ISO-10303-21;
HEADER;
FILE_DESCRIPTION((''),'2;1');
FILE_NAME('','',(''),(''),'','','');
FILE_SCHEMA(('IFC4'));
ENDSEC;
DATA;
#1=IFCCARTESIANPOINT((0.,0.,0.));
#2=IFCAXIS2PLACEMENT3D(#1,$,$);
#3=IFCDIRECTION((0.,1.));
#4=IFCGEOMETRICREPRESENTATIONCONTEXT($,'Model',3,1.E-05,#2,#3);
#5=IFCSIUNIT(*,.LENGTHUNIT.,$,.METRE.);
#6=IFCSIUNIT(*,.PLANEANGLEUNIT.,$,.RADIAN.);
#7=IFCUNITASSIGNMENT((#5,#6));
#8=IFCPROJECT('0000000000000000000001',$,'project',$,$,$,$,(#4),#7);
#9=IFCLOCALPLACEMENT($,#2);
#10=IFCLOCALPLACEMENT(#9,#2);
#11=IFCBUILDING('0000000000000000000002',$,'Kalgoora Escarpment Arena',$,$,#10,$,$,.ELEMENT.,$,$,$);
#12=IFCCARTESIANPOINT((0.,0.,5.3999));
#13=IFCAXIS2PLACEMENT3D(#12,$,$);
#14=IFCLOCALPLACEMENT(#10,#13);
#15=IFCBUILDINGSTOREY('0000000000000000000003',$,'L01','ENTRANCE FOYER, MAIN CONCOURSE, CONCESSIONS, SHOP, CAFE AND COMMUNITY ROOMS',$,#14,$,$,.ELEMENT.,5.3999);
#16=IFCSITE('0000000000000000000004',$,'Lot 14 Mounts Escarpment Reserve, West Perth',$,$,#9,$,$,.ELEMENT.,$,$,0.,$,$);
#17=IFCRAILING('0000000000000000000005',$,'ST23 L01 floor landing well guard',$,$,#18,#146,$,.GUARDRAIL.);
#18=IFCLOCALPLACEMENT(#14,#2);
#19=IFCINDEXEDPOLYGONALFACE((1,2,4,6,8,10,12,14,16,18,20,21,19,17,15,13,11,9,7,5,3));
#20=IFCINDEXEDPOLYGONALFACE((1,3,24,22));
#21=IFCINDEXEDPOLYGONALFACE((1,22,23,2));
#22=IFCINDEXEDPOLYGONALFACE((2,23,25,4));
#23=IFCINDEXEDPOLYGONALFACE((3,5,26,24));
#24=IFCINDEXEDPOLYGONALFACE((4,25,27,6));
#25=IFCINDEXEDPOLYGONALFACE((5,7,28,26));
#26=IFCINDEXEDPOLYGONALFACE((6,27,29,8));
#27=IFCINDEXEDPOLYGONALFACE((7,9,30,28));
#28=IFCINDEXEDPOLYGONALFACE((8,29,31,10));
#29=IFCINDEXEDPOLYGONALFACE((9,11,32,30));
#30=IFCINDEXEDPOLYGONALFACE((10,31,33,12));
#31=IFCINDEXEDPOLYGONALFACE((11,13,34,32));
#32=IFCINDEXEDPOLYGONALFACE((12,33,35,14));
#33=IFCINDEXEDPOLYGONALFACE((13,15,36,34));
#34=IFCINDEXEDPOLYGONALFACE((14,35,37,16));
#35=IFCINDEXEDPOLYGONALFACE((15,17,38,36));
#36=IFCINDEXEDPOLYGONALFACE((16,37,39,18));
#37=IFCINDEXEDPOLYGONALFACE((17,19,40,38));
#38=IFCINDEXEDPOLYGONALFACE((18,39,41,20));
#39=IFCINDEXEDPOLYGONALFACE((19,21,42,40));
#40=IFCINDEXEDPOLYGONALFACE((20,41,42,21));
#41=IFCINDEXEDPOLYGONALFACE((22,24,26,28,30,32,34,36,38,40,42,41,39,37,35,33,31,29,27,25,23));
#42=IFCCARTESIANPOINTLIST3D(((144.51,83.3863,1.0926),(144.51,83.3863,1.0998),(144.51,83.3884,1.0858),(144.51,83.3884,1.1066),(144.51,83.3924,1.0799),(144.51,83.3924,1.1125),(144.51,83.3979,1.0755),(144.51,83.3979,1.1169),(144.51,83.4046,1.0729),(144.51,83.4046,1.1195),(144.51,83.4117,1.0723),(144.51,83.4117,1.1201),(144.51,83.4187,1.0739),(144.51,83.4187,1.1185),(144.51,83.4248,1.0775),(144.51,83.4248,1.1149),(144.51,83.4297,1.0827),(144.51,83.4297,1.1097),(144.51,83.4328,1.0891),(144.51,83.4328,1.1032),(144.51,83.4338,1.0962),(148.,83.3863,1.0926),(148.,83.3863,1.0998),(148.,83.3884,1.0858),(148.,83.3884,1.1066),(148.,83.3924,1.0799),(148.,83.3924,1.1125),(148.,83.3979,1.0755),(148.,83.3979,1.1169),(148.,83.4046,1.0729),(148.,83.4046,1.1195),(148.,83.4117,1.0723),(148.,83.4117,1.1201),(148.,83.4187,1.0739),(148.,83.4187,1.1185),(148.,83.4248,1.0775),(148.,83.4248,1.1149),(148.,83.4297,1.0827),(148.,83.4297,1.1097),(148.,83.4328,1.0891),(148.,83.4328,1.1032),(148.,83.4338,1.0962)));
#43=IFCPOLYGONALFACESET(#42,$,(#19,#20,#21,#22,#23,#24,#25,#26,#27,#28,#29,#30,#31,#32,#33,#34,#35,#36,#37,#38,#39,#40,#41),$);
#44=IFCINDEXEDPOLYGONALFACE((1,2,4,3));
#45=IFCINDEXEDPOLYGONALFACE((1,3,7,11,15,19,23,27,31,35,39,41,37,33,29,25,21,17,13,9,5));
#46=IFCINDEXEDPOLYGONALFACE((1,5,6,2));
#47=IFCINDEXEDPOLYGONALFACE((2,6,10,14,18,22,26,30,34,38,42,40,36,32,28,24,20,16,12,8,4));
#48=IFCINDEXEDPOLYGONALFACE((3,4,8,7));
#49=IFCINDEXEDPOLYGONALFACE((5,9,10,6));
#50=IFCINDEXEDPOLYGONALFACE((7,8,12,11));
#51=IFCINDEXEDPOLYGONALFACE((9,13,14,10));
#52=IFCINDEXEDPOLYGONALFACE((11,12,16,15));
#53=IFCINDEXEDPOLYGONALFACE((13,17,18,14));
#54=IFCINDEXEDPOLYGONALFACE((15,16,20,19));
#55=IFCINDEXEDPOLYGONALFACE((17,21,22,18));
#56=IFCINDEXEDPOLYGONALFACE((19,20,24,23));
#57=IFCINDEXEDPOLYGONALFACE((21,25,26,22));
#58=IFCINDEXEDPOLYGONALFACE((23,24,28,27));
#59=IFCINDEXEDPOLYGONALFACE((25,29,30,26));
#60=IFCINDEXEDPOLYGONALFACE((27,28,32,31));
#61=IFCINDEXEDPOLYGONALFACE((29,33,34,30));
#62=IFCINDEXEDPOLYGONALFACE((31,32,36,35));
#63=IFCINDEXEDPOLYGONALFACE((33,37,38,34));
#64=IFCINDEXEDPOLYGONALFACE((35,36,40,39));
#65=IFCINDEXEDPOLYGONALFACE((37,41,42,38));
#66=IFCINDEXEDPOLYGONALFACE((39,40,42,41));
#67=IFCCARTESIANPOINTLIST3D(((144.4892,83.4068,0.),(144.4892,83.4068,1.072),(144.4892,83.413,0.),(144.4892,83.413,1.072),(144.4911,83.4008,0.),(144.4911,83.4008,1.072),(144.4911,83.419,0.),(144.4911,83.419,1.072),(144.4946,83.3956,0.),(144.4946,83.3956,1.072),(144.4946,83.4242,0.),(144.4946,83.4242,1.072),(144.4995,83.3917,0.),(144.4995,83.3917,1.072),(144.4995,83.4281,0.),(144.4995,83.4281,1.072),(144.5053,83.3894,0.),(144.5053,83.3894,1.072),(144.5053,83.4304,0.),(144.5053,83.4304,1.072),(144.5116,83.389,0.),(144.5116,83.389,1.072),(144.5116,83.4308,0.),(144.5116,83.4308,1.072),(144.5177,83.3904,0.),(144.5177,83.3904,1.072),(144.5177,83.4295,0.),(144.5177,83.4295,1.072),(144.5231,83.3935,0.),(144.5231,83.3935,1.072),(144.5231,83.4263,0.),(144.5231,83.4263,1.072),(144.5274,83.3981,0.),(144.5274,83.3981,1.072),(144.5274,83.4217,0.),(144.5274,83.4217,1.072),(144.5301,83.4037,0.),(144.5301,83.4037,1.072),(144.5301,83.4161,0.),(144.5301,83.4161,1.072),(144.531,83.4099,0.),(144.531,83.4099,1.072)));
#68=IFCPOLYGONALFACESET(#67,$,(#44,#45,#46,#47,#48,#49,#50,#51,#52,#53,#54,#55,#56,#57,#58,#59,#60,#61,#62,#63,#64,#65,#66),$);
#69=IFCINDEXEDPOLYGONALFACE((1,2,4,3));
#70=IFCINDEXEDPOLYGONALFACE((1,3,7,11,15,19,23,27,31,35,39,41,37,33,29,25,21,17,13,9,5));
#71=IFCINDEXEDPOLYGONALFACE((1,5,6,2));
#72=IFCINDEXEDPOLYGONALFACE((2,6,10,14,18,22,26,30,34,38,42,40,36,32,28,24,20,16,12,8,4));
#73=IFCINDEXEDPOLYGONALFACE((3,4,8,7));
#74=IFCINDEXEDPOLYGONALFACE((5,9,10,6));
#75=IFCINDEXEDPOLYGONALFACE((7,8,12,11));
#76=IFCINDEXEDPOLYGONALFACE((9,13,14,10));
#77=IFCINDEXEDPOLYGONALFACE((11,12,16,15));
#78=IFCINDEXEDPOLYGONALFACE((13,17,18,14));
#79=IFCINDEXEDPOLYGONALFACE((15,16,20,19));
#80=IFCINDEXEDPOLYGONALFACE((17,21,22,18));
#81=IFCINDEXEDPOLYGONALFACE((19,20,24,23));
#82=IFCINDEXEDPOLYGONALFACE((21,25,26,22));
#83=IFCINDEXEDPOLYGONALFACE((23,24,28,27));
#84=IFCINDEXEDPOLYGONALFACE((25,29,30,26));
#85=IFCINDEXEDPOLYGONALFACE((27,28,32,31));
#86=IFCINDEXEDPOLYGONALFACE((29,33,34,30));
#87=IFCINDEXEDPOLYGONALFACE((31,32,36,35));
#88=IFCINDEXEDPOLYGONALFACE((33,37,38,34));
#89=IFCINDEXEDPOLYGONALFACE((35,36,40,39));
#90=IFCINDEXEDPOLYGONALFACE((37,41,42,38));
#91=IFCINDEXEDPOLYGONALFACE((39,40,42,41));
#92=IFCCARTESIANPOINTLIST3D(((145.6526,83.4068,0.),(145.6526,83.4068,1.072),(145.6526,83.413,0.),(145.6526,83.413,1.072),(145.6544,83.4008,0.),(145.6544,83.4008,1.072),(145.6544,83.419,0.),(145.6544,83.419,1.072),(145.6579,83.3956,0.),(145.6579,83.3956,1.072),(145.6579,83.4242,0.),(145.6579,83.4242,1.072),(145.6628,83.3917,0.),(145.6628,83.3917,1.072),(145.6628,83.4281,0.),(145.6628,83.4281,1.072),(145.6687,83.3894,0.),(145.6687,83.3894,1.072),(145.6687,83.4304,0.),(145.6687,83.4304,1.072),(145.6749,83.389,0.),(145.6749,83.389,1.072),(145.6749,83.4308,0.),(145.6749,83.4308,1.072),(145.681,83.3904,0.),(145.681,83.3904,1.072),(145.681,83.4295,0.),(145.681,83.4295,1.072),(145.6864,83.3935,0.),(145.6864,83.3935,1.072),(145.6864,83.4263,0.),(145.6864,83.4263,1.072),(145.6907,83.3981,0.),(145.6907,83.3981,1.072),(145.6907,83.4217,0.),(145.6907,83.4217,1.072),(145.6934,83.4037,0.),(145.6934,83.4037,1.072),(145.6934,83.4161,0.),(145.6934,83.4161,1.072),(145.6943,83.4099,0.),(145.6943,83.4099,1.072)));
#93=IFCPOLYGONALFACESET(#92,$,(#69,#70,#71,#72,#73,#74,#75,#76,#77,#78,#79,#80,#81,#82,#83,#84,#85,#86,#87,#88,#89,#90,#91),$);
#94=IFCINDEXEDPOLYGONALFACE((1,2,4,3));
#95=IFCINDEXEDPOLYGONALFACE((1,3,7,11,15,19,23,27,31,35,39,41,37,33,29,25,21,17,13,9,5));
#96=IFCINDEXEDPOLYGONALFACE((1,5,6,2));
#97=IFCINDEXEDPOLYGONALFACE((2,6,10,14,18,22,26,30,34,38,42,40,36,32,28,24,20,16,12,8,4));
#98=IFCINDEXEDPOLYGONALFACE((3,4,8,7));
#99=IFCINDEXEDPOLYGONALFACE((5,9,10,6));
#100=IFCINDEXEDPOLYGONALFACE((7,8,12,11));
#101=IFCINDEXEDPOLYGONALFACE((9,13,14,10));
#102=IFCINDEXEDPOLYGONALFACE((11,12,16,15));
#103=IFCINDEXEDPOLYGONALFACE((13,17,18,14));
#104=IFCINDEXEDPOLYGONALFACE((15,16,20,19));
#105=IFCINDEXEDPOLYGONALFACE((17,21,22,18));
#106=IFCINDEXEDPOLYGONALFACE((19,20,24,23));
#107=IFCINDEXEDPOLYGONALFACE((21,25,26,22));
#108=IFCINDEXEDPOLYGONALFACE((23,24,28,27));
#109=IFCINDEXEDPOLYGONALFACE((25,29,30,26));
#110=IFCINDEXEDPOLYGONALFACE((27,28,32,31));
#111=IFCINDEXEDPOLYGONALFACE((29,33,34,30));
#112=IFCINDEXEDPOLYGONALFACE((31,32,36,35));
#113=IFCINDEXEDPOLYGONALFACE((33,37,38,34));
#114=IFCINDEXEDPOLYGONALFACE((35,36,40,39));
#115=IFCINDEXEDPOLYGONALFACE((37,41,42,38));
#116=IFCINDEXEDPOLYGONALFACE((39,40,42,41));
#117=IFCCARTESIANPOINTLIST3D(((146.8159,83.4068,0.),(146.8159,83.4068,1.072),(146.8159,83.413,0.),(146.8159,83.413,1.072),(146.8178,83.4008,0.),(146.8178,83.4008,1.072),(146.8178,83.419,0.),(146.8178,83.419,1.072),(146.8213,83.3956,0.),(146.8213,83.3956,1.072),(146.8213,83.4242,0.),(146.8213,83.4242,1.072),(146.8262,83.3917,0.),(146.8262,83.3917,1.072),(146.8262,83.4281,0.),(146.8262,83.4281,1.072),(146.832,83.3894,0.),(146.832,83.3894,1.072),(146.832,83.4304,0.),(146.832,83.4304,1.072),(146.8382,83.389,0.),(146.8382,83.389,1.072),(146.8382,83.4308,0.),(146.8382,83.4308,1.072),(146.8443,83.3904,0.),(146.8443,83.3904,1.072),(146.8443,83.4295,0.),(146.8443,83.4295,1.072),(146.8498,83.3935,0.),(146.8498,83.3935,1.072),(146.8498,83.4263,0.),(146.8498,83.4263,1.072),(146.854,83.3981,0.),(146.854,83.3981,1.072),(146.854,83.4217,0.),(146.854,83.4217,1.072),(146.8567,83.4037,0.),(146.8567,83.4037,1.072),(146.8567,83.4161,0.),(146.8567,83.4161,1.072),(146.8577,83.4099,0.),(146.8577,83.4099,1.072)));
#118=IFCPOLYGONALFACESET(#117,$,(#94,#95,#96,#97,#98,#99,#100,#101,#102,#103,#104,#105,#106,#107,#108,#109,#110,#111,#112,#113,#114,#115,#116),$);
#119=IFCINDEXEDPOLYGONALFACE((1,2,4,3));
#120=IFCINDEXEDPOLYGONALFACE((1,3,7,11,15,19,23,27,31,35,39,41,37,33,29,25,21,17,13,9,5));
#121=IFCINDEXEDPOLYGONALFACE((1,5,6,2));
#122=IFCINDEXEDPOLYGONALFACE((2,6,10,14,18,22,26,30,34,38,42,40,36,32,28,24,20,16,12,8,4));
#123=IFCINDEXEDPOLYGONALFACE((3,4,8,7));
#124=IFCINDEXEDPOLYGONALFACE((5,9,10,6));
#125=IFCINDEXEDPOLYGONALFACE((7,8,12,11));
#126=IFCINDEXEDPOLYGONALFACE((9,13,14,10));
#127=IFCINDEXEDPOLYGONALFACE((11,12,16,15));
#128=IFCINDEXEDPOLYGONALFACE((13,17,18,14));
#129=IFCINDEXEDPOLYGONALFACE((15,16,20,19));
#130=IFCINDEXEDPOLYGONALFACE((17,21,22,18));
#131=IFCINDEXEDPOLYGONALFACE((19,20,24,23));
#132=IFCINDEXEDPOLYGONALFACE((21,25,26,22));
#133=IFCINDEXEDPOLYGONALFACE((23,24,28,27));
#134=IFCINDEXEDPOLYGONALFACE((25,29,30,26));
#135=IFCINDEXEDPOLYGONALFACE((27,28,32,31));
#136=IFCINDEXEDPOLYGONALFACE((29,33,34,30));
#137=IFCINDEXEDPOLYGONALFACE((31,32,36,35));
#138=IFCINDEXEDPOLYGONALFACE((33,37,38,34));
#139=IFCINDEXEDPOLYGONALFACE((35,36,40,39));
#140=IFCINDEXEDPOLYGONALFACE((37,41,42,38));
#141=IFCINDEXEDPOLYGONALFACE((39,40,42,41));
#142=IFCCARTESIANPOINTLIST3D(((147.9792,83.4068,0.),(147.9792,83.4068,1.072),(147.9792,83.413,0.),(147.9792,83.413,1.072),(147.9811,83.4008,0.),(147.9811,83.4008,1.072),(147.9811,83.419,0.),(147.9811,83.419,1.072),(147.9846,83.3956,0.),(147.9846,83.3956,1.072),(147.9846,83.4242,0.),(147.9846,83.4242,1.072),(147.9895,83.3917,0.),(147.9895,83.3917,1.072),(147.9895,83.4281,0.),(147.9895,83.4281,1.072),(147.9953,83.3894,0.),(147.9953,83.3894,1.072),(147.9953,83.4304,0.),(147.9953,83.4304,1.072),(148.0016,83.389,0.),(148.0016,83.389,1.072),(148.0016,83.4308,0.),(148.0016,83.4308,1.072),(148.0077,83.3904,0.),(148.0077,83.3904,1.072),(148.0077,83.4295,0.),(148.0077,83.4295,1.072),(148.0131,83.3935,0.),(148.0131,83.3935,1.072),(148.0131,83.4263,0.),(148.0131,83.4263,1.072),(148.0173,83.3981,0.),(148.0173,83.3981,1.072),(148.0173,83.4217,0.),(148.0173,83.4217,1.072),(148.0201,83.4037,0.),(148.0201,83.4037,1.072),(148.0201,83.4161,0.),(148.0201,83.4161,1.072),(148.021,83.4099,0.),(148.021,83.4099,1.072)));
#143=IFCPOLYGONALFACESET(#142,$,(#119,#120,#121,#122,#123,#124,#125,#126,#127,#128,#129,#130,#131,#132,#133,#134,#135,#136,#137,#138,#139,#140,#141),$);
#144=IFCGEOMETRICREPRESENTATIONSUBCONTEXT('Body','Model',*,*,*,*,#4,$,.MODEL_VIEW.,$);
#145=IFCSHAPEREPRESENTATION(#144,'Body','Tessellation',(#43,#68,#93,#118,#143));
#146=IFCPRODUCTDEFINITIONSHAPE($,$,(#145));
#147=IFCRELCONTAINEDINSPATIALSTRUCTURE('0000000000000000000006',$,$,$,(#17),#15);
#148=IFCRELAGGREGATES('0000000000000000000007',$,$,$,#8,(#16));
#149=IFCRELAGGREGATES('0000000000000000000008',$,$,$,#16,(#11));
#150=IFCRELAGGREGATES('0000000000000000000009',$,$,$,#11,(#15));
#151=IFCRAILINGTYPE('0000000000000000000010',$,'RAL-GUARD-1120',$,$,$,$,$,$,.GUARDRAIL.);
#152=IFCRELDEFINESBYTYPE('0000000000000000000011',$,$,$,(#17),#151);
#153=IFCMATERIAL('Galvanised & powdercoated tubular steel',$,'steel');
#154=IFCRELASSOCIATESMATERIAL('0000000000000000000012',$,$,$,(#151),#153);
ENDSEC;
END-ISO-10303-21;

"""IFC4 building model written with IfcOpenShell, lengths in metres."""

from ifc_helpers import new_model, si_unit, direction, frame, origin, origin_2d, place, context, subcontext, project, spatial, circle, extrude, material, type_object, element, save


model = new_model("IFC4")

# Units and contexts
model_context = context("Model", 3, precision=1e-05, world=origin(), true_north=direction((0.0, 1.0)))
body_context = subcontext(model_context, "Body", "Model", "MODEL_VIEW")
ifc_project = project(units=[si_unit("LENGTHUNIT", "METRE"), si_unit("PLANEANGLEUNIT", "RADIAN")], contexts=[model_context])

# Site, building, storey
site_placement = place(None, origin())
site = spatial("IfcSite", under=ifc_project, at=site_placement, Name="Lot 14 Mounts Escarpment Reserve, West Perth", CompositionType="ELEMENT", RefElevation=0.0)
building_placement = place(site_placement, origin())
building = spatial("IfcBuilding", under=site, at=building_placement, Name="Kalgoora Escarpment Arena", CompositionType="ELEMENT")
storey_placement = place(building_placement, frame((0.0, 0.0, 5.3999)))
storey = spatial("IfcBuildingStorey", under=building, at=storey_placement, Name="L01", Description="ENTRANCE FOYER, MAIN CONCOURSE, CONCESSIONS, SHOP, CAFE AND COMMUNITY ROOMS", CompositionType="ELEMENT", Elevation=5.3999)

# Railing
ifc_material_1 = material(Name="Galvanised & powdercoated tubular steel", Category="steel")
railing_type_1 = type_object("IfcRailingType", Name="RAL-GUARD-1120", PredefinedType="GUARDRAIL", material=ifc_material_1)
railing_1_placement = place(storey_placement, frame((144.51, 83.4099, 0.0)))
element("IfcRailing", 1, at=railing_1_placement, inside=storey, type_object=railing_type_1, Name="ST23 L01 floor landing well guard", PredefinedType="GUARDRAIL", context=body_context, shape_type="SweptSolid", body=[
    extrude(circle(Radius=0.0239, at=origin_2d()), frame((0.0, 0.0, 1.0962), z_axis=(1.0, 0.0, 0.0), x_axis=(0.0, 1.0, 0.0)), (0.0, 0.0, 1.0), 3.49),
    extrude(circle(Radius=0.021, at=origin_2d()), origin(), (0.0, 0.0, 1.0), 1.072),
    extrude(circle(Radius=0.021, at=origin_2d()), frame((1.1633, 0.0, 0.0)), (0.0, 0.0, 1.0), 1.072),
    extrude(circle(Radius=0.021, at=origin_2d()), frame((2.3267, 0.0, 0.0)), (0.0, 0.0, 1.0), 1.072),
    extrude(circle(Radius=0.021, at=origin_2d()), frame((3.49, 0.0, 0.0)), (0.0, 0.0, 1.0), 1.072),
])

save(model, "model.ifc")
